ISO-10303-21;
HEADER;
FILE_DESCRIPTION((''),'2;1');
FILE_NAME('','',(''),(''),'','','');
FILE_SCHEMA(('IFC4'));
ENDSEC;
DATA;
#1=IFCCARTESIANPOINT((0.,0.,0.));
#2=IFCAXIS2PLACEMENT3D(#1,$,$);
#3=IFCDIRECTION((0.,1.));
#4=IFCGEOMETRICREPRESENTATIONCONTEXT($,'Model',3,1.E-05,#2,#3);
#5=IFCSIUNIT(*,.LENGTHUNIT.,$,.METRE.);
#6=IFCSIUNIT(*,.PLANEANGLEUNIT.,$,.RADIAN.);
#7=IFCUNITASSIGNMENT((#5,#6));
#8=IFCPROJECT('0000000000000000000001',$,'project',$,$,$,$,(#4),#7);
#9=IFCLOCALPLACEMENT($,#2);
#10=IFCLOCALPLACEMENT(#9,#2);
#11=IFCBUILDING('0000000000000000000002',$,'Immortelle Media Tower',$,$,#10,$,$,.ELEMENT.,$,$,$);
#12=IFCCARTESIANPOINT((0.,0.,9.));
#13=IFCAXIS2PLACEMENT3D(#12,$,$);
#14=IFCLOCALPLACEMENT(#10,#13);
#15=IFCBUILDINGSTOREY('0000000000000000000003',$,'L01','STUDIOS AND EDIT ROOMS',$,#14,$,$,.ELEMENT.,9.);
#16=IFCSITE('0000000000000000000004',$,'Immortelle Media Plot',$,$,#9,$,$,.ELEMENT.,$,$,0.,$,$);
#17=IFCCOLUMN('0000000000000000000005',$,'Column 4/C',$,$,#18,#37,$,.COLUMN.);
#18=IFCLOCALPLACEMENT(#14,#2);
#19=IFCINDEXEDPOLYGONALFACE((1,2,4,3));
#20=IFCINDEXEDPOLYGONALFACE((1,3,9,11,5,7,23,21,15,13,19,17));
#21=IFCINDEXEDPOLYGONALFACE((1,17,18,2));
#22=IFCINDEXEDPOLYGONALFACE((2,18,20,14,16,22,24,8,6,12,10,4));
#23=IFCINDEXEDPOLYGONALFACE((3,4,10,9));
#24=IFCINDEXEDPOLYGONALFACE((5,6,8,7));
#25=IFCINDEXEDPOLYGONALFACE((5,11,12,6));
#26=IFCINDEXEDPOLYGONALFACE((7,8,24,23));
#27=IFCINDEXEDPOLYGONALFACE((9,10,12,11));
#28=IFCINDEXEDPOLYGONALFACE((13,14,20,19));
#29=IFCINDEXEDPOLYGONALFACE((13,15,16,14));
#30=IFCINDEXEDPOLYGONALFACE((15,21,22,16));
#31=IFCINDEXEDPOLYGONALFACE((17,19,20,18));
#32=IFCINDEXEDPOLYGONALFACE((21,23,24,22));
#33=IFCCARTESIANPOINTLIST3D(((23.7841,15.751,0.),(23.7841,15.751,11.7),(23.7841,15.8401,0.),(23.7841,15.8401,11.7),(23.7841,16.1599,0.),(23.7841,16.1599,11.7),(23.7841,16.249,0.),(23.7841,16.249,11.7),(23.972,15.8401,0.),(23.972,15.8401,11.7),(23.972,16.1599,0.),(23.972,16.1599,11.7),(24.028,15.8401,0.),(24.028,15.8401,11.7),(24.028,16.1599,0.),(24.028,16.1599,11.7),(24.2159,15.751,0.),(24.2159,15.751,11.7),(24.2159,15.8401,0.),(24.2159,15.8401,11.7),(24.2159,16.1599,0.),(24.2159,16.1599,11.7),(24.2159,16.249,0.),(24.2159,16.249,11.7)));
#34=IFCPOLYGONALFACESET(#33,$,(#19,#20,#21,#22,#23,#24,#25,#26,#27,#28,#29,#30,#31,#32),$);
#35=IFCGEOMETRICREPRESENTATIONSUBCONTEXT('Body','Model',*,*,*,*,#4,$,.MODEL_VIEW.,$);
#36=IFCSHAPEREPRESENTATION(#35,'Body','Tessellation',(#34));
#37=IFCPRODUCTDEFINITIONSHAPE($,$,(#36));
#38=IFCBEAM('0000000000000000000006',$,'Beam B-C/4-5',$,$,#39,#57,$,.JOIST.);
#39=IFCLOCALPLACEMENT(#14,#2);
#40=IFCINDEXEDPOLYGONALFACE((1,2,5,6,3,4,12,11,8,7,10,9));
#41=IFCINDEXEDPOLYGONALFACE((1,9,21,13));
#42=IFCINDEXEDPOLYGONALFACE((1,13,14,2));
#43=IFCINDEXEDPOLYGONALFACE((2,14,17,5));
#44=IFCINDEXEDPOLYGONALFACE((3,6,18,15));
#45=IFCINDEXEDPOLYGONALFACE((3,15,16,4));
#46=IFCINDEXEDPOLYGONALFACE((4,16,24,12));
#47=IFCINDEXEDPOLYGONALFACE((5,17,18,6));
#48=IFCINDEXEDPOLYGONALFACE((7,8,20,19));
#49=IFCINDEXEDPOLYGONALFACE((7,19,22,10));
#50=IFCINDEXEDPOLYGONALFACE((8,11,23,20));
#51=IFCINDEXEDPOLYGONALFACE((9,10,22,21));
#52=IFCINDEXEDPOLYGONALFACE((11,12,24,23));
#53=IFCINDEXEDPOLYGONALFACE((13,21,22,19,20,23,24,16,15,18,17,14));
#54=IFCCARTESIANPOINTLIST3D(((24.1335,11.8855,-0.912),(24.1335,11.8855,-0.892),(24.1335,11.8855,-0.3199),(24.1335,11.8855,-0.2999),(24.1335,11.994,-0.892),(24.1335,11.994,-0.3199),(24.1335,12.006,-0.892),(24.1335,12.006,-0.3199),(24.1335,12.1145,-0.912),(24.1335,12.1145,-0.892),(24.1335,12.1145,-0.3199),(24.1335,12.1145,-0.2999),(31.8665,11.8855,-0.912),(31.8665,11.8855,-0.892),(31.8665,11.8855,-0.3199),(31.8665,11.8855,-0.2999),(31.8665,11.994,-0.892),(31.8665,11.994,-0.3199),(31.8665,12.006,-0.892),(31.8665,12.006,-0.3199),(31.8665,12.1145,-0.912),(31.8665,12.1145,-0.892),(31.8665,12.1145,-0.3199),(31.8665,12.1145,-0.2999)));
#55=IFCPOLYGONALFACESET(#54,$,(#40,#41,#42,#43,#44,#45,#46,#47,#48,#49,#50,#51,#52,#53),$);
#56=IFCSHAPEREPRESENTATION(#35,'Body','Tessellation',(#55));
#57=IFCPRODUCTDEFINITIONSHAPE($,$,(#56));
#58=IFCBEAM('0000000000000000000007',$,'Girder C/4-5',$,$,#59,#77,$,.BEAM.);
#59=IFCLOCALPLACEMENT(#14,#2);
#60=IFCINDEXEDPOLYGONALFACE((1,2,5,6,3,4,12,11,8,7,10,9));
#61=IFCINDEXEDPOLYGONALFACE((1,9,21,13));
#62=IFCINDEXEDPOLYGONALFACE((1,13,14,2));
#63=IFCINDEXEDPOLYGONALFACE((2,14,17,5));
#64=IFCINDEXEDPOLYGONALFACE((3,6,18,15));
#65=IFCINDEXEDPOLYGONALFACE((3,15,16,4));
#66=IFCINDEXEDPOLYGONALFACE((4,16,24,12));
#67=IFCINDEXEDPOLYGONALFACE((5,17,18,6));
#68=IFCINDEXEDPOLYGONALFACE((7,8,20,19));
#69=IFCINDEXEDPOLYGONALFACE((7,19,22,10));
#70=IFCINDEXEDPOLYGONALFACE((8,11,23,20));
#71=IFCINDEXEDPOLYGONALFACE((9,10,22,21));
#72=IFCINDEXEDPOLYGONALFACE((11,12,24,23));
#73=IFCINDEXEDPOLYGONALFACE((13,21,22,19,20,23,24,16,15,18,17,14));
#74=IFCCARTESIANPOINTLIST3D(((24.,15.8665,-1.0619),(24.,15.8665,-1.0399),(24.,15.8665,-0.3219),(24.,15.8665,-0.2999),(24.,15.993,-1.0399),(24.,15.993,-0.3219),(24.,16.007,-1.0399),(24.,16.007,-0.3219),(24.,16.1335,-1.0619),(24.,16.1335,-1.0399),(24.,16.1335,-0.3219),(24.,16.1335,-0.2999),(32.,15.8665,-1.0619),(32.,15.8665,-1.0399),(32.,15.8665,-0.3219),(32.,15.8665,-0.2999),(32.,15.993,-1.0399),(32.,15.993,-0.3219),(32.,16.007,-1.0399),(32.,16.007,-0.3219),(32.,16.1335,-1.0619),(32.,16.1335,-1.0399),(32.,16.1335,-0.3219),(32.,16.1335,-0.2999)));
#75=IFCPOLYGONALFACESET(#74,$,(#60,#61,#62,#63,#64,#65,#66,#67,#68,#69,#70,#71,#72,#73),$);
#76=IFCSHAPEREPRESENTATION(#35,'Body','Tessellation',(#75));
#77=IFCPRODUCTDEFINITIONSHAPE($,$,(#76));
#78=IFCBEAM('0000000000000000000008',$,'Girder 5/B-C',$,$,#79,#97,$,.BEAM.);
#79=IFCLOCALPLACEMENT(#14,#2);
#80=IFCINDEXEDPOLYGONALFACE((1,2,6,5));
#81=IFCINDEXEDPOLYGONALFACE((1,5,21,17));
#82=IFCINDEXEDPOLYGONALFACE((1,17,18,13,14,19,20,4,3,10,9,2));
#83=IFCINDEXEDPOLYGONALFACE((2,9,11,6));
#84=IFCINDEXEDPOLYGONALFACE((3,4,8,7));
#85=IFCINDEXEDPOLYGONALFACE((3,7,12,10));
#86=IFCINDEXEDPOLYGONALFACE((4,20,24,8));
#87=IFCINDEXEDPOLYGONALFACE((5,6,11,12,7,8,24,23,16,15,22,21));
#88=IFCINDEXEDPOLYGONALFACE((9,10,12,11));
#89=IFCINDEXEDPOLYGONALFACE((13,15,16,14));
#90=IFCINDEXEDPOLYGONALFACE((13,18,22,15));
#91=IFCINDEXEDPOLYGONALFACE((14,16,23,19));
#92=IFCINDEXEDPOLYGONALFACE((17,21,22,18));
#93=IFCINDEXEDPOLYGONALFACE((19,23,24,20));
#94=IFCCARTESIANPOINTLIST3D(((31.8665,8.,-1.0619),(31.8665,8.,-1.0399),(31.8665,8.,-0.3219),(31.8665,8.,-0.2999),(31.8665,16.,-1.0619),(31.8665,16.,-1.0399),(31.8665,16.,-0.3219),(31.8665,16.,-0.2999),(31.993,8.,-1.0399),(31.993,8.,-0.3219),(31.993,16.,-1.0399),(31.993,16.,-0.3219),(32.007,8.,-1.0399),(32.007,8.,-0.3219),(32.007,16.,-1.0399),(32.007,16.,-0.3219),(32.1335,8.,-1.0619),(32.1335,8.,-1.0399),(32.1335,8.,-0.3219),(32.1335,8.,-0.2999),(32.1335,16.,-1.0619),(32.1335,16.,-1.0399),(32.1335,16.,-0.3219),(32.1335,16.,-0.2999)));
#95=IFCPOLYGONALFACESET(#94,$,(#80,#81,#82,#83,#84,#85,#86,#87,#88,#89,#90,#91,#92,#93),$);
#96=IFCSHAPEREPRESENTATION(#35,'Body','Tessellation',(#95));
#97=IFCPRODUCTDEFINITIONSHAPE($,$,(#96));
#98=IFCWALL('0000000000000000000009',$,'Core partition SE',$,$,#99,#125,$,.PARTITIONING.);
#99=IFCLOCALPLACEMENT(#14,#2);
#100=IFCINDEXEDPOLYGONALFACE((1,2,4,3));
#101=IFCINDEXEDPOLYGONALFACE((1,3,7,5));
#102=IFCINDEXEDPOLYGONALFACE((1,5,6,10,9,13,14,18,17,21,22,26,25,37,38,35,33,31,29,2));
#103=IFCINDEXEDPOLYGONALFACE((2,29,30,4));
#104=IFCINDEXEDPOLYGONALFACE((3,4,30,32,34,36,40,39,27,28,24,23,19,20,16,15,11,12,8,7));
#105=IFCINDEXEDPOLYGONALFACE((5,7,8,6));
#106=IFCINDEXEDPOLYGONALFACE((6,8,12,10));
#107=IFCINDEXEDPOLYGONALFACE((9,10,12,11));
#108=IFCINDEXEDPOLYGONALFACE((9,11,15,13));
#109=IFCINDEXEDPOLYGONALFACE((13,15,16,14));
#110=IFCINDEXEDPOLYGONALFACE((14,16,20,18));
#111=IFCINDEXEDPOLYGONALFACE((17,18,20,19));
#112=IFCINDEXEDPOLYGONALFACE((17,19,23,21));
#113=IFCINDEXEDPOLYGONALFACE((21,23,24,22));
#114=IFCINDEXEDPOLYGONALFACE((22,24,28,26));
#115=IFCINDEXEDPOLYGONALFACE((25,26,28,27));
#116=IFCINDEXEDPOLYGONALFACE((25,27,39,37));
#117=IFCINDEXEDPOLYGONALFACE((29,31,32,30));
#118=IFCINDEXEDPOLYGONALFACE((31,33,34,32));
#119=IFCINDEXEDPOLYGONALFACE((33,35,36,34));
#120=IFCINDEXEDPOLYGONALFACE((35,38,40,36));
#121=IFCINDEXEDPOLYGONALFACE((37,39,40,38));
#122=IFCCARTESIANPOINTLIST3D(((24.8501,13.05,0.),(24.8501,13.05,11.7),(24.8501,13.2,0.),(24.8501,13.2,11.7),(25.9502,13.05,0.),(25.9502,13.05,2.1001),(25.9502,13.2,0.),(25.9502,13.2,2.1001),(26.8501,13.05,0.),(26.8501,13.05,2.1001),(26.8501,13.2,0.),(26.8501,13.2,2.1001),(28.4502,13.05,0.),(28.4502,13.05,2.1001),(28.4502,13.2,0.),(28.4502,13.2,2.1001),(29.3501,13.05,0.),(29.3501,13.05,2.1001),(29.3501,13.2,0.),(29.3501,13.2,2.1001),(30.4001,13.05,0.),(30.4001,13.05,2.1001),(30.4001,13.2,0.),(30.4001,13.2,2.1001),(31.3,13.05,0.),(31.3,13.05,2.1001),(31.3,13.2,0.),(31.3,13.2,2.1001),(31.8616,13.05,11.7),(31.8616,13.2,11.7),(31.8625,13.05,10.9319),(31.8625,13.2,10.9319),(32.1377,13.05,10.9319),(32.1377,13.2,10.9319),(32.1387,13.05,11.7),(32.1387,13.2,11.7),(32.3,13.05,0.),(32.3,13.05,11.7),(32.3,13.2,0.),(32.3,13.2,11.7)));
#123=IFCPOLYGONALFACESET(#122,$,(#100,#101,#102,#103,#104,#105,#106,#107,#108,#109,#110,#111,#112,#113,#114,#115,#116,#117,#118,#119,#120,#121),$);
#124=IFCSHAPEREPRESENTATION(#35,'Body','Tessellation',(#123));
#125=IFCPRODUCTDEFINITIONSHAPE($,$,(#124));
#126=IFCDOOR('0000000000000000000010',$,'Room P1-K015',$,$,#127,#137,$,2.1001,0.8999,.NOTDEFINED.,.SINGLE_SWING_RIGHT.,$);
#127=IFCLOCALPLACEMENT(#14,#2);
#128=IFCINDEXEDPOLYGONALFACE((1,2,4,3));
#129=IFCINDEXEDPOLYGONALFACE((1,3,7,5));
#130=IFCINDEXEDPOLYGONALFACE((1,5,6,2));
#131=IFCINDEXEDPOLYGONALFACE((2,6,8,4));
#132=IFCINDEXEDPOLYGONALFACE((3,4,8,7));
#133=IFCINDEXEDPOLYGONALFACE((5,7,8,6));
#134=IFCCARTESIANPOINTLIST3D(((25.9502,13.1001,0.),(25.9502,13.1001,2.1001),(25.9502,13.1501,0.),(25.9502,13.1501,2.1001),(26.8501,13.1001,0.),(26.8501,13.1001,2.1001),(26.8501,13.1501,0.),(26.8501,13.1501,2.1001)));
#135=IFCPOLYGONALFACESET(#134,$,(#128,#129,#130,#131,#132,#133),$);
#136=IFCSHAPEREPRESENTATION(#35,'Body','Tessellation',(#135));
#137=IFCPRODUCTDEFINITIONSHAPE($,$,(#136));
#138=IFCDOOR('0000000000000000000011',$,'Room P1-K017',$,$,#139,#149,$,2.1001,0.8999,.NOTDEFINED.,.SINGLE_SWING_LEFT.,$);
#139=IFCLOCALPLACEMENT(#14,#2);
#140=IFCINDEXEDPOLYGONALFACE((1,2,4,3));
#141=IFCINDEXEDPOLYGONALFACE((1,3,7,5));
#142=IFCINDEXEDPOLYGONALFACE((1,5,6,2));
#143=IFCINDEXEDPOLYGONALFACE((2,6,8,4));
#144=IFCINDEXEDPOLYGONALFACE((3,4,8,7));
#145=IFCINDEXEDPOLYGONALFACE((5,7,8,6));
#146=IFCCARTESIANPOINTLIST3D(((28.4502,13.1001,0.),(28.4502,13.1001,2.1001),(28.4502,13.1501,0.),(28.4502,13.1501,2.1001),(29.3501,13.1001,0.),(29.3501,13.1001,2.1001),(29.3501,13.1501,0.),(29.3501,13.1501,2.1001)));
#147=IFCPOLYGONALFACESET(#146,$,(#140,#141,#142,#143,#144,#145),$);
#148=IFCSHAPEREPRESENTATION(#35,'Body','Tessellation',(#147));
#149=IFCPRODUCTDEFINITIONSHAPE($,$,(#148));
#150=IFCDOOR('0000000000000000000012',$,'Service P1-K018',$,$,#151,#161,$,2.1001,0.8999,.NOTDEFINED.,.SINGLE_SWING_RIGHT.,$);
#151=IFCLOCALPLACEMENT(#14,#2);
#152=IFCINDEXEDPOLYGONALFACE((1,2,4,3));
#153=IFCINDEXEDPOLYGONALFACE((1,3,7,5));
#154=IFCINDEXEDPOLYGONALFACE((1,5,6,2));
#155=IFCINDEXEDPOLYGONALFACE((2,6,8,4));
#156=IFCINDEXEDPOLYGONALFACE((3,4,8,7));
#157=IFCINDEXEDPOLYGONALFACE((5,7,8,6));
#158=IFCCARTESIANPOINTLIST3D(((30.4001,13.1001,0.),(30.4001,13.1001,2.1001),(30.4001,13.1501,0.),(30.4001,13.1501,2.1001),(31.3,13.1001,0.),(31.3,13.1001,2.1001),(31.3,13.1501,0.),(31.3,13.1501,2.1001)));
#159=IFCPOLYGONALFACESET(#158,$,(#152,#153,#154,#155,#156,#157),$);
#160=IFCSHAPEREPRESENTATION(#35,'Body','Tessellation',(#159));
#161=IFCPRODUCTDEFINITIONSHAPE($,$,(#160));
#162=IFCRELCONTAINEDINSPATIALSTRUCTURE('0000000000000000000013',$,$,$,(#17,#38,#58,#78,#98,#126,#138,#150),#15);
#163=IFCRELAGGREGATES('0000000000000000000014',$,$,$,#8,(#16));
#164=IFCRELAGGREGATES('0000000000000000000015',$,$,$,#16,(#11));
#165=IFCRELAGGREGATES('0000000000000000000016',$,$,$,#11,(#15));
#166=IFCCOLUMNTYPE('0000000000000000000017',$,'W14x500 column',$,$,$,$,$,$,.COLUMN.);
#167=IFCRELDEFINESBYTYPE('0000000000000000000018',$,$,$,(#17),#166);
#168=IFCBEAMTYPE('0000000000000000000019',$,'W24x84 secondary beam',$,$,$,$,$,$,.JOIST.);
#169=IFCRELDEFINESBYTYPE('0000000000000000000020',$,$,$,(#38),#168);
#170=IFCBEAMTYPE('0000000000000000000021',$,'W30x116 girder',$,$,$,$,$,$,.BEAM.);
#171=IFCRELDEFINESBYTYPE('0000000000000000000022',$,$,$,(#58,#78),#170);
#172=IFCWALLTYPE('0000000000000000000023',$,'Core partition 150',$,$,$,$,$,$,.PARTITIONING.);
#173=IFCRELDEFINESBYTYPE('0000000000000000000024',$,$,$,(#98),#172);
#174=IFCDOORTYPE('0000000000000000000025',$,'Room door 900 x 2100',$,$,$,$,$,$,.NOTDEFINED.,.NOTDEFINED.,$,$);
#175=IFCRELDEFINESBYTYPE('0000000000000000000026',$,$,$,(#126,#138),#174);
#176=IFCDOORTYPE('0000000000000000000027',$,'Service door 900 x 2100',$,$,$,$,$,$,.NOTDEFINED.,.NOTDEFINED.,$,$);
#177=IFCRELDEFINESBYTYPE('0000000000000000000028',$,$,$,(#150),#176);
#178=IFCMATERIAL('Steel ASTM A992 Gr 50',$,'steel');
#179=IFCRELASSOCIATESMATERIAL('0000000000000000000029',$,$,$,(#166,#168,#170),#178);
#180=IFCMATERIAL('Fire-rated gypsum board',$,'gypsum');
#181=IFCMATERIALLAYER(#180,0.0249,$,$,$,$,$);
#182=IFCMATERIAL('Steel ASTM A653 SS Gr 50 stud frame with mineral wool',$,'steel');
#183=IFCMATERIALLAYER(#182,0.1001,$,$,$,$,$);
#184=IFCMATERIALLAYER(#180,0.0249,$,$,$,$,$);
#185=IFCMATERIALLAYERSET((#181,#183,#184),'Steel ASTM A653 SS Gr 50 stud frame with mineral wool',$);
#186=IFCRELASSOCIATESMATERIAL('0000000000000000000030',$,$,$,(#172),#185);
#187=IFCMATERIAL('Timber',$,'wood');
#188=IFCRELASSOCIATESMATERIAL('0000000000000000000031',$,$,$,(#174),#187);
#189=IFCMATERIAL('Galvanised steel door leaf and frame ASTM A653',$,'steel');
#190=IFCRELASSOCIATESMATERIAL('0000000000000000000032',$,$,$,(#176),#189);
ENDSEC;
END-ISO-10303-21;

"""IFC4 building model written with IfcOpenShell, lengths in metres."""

from ifc_helpers import new_model, si_unit, direction, frame, frame_2d, origin, origin_2d, place, context, subcontext, project, spatial, polyline, rectangle, i_section, outline, extrude, material, layer, layer_set, material_profile, profile_set, type_object, element, fill, save


model = new_model("IFC4")

# Units and contexts
model_context = context("Model", 3, precision=1e-05, world=origin(), true_north=direction((0.0, 1.0)))
body_context = subcontext(model_context, "Body", "Model", "MODEL_VIEW")
ifc_project = project(units=[si_unit("LENGTHUNIT", "METRE"), si_unit("PLANEANGLEUNIT", "RADIAN")], contexts=[model_context])

# Site, building, storey
site_placement = place(None, origin())
site = spatial("IfcSite", under=ifc_project, at=site_placement, Name="Immortelle Media Plot", CompositionType="ELEMENT", RefElevation=0.0)
building_placement = place(site_placement, origin())
building = spatial("IfcBuilding", under=site, at=building_placement, Name="Immortelle Media Tower", CompositionType="ELEMENT")
storey_placement = place(building_placement, frame((0.0, 0.0, 9.0)))
storey = spatial("IfcBuildingStorey", under=building, at=storey_placement, Name="L01", Description="STUDIOS AND EDIT ROOMS", CompositionType="ELEMENT", Elevation=9.0)

# Column
ifc_material_1 = material(Name="Steel ASTM A992 Gr 50", Category="steel")
ifc_material_profile_1 = material_profile(ifc_material_1, i_section(OverallWidth=0.4319, OverallDepth=0.498, WebThickness=0.0559, FlangeThickness=0.0891, at=origin_2d()), Name="W14x500")
ifc_profile_set_1 = profile_set([ifc_material_profile_1], Name="Steel ASTM A992 Gr 50")
column_type = type_object("IfcColumnType", Name="W14x500 column", PredefinedType="COLUMN", material=ifc_profile_set_1)
column_placement = place(storey_placement, frame((24.0, 16.0, 0.0), z_axis=(0.0, 0.0, 1.0), x_axis=(1.0, 0.0, 0.0)))
element("IfcColumn", 1, at=column_placement, inside=storey, type_object=column_type, Name="Column 4/C", PredefinedType="COLUMN", context=body_context, shape_type="SweptSolid", body=[
    extrude(i_section(OverallWidth=0.4319, OverallDepth=0.498, WebThickness=0.0559, FlangeThickness=0.0891, at=origin_2d()), origin(), (0.0, 0.0, 1.0), 11.7),
])

# Beams
ifc_material_profile_2 = material_profile(ifc_material_1, i_section(OverallWidth=0.229, OverallDepth=0.6121, WebThickness=0.012, FlangeThickness=0.02, at=origin_2d()), Name="W24x84")
ifc_profile_set_2 = profile_set([ifc_material_profile_2], Name="Steel ASTM A992 Gr 50")
beam_type_1 = type_object("IfcBeamType", Name="W24x84 secondary beam", PredefinedType="JOIST", material=ifc_profile_set_2)
beam_placement = place(storey_placement, frame((24.1335, 12.0, -0.606), z_axis=(1.0, 0.0, 0.0), x_axis=(0.0, 1.0, 0.0)))
element("IfcBeam", 2, at=beam_placement, inside=storey, type_object=beam_type_1, Name="Beam B-C/4-5", PredefinedType="JOIST", context=body_context, shape_type="SweptSolid", body=[
    extrude(i_section(OverallWidth=0.229, OverallDepth=0.6121, WebThickness=0.012, FlangeThickness=0.02, at=origin_2d()), origin(), (0.0, 0.0, 1.0), 7.7329),
])
ifc_material_profile_3 = material_profile(ifc_material_1, i_section(OverallWidth=0.2671, OverallDepth=0.762, WebThickness=0.0139, FlangeThickness=0.022, at=origin_2d()), Name="W30x116")
ifc_profile_set_3 = profile_set([ifc_material_profile_3], Name="Steel ASTM A992 Gr 50")
beam_type_2 = type_object("IfcBeamType", Name="W30x116 girder", PredefinedType="BEAM", material=ifc_profile_set_3)
for number, where, z_axis, x_axis, name in (
    (3, (24.0, 16.0, -0.6809), (1.0, 0.0, 0.0), (0.0, 1.0, 0.0), "Girder C/4-5"),
    (4, (32.0, 8.0, -0.6809), (0.0, 1.0, 0.0), (-1.0, 0.0, 0.0), "Girder 5/B-C"),
):
    element("IfcBeam", number, at=place(storey_placement, frame(where, z_axis=z_axis, x_axis=x_axis)), inside=storey, type_object=beam_type_2, Name=name, PredefinedType="BEAM", context=body_context, shape_type="SweptSolid", body=[
        extrude(i_section(OverallWidth=0.2671, OverallDepth=0.762, WebThickness=0.0139, FlangeThickness=0.022, at=origin_2d()), origin(), (0.0, 0.0, 1.0), 8.0),
    ])

# Wall, openings, doors
ifc_material_2 = material(Name="Fire-rated gypsum board", Category="gypsum")
ifc_layer_1 = layer(ifc_material_2, 0.0249)
ifc_material_3 = material(Name="Steel ASTM A653 SS Gr 50 stud frame with mineral wool", Category="steel")
ifc_layer_2 = layer(ifc_material_3, 0.1001)
ifc_layer_3 = layer(ifc_material_2, 0.0249)
ifc_layer_set_1 = layer_set([ifc_layer_1, ifc_layer_2, ifc_layer_3], Name="Steel ASTM A653 SS Gr 50 stud frame with mineral wool")
wall_type_1 = type_object("IfcWallType", Name="Core partition 150", PredefinedType="PARTITIONING", material=ifc_layer_set_1)
wall_1_placement = place(storey_placement, frame((24.8501, 13.125, 0.0), z_axis=(0.0, 0.0, 1.0), x_axis=(1.0, 0.0, 0.0)))
wall_1 = element("IfcWall", 5, at=wall_1_placement, inside=storey, type_object=wall_type_1, Name="Core partition SE", PredefinedType="PARTITIONING", context=body_context, shape_type="SweptSolid", body=[
    extrude(outline(polyline([(0.0, 0.0), (7.45, 0.0), (7.45, 11.7), (7.2886, 11.7), (7.2876, 10.9319), (7.0125, 10.9319), (7.0115, 11.7), (0.0, 11.7), (0.0, 0.0)])), frame((0.0, 0.075, 0.0), z_axis=(0.0, -1.0, 0.0), x_axis=(1.0, 0.0, 0.0)), (0.0, 0.0, 1.0), 0.1499),
])
opening_1_placement = place(wall_1_placement, frame((2.0, 0.0, 0.0), z_axis=(0.0, 0.0, 1.0), x_axis=(-1.0, 0.0, 0.0)))
opening_1 = element("IfcOpeningElement", 6, at=opening_1_placement, cuts=wall_1, PredefinedType="OPENING", context=body_context, shape_type="SweptSolid", body=[
    extrude(rectangle(XDim=0.8999, YDim=2.1001, at=frame_2d((0.45, 1.05))), frame((0.0, 0.085, 0.0), z_axis=(0.0, -1.0, 0.0), x_axis=(1.0, 0.0, 0.0)), (0.0, 0.0, 1.0), 0.1699),
])
opening_2_placement = place(wall_1_placement, frame((4.5, 0.0, 0.0), z_axis=(0.0, 0.0, 1.0), x_axis=(-1.0, 0.0, 0.0)))
opening_2 = element("IfcOpeningElement", 7, at=opening_2_placement, cuts=wall_1, PredefinedType="OPENING", context=body_context, shape_type="SweptSolid", body=[
    extrude(rectangle(XDim=0.8999, YDim=2.1001, at=frame_2d((0.45, 1.05))), frame((0.0, 0.085, 0.0), z_axis=(0.0, -1.0, 0.0), x_axis=(1.0, 0.0, 0.0)), (0.0, 0.0, 1.0), 0.1699),
])
opening_3_placement = place(wall_1_placement, frame((6.45, 0.0, 0.0), z_axis=(0.0, 0.0, 1.0), x_axis=(-1.0, 0.0, 0.0)))
opening_3 = element("IfcOpeningElement", 8, at=opening_3_placement, cuts=wall_1, PredefinedType="OPENING", context=body_context, shape_type="SweptSolid", body=[
    extrude(rectangle(XDim=0.8999, YDim=2.1001, at=frame_2d((0.45, 1.05))), frame((0.0, 0.085, 0.0), z_axis=(0.0, -1.0, 0.0), x_axis=(1.0, 0.0, 0.0)), (0.0, 0.0, 1.0), 0.1699),
])
ifc_material_4 = material(Name="Timber", Category="wood")
door_type_1 = type_object("IfcDoorType", Name="Room door 900 x 2100", OperationType="NOTDEFINED", PredefinedType="NOTDEFINED", material=ifc_material_4)
door_1_placement = place(opening_1_placement, origin())
door_1 = element("IfcDoor", 9, at=door_1_placement, inside=storey, type_object=door_type_1, Name="Room P1-K015", OperationType="SINGLE_SWING_RIGHT", OverallHeight=2.1001, OverallWidth=0.8999, PredefinedType="NOTDEFINED", context=body_context, shape_type="SweptSolid", body=[
    extrude(rectangle(XDim=0.8999, YDim=2.1001, at=frame_2d((0.45, 1.05))), frame((0.0, 0.0249, 0.0), z_axis=(0.0, -1.0, 0.0), x_axis=(1.0, 0.0, 0.0)), (0.0, 0.0, 1.0), 0.05),
])
fill(opening_1, door_1)
door_2_placement = place(opening_2_placement, origin())
door_2 = element("IfcDoor", 10, at=door_2_placement, inside=storey, type_object=door_type_1, Name="Room P1-K017", OperationType="SINGLE_SWING_LEFT", OverallHeight=2.1001, OverallWidth=0.8999, PredefinedType="NOTDEFINED", context=body_context, shape_type="SweptSolid", body=[
    extrude(rectangle(XDim=0.8999, YDim=2.1001, at=frame_2d((0.45, 1.05))), frame((0.0, 0.0249, 0.0), z_axis=(0.0, -1.0, 0.0), x_axis=(1.0, 0.0, 0.0)), (0.0, 0.0, 1.0), 0.05),
])
fill(opening_2, door_2)
ifc_material_5 = material(Name="Galvanised steel door leaf and frame ASTM A653", Category="steel")
door_type_2 = type_object("IfcDoorType", Name="Service door 900 x 2100", OperationType="NOTDEFINED", PredefinedType="NOTDEFINED", material=ifc_material_5)
door_3_placement = place(opening_3_placement, origin())
door_3 = element("IfcDoor", 11, at=door_3_placement, inside=storey, type_object=door_type_2, Name="Service P1-K018", OperationType="SINGLE_SWING_RIGHT", OverallHeight=2.1001, OverallWidth=0.8999, PredefinedType="NOTDEFINED", context=body_context, shape_type="SweptSolid", body=[
    extrude(rectangle(XDim=0.8999, YDim=2.1001, at=frame_2d((0.45, 1.05))), frame((0.0, 0.0249, 0.0), z_axis=(0.0, -1.0, 0.0), x_axis=(1.0, 0.0, 0.0)), (0.0, 0.0, 1.0), 0.05),
])
fill(opening_3, door_3)

save(model, "model.ifc")
